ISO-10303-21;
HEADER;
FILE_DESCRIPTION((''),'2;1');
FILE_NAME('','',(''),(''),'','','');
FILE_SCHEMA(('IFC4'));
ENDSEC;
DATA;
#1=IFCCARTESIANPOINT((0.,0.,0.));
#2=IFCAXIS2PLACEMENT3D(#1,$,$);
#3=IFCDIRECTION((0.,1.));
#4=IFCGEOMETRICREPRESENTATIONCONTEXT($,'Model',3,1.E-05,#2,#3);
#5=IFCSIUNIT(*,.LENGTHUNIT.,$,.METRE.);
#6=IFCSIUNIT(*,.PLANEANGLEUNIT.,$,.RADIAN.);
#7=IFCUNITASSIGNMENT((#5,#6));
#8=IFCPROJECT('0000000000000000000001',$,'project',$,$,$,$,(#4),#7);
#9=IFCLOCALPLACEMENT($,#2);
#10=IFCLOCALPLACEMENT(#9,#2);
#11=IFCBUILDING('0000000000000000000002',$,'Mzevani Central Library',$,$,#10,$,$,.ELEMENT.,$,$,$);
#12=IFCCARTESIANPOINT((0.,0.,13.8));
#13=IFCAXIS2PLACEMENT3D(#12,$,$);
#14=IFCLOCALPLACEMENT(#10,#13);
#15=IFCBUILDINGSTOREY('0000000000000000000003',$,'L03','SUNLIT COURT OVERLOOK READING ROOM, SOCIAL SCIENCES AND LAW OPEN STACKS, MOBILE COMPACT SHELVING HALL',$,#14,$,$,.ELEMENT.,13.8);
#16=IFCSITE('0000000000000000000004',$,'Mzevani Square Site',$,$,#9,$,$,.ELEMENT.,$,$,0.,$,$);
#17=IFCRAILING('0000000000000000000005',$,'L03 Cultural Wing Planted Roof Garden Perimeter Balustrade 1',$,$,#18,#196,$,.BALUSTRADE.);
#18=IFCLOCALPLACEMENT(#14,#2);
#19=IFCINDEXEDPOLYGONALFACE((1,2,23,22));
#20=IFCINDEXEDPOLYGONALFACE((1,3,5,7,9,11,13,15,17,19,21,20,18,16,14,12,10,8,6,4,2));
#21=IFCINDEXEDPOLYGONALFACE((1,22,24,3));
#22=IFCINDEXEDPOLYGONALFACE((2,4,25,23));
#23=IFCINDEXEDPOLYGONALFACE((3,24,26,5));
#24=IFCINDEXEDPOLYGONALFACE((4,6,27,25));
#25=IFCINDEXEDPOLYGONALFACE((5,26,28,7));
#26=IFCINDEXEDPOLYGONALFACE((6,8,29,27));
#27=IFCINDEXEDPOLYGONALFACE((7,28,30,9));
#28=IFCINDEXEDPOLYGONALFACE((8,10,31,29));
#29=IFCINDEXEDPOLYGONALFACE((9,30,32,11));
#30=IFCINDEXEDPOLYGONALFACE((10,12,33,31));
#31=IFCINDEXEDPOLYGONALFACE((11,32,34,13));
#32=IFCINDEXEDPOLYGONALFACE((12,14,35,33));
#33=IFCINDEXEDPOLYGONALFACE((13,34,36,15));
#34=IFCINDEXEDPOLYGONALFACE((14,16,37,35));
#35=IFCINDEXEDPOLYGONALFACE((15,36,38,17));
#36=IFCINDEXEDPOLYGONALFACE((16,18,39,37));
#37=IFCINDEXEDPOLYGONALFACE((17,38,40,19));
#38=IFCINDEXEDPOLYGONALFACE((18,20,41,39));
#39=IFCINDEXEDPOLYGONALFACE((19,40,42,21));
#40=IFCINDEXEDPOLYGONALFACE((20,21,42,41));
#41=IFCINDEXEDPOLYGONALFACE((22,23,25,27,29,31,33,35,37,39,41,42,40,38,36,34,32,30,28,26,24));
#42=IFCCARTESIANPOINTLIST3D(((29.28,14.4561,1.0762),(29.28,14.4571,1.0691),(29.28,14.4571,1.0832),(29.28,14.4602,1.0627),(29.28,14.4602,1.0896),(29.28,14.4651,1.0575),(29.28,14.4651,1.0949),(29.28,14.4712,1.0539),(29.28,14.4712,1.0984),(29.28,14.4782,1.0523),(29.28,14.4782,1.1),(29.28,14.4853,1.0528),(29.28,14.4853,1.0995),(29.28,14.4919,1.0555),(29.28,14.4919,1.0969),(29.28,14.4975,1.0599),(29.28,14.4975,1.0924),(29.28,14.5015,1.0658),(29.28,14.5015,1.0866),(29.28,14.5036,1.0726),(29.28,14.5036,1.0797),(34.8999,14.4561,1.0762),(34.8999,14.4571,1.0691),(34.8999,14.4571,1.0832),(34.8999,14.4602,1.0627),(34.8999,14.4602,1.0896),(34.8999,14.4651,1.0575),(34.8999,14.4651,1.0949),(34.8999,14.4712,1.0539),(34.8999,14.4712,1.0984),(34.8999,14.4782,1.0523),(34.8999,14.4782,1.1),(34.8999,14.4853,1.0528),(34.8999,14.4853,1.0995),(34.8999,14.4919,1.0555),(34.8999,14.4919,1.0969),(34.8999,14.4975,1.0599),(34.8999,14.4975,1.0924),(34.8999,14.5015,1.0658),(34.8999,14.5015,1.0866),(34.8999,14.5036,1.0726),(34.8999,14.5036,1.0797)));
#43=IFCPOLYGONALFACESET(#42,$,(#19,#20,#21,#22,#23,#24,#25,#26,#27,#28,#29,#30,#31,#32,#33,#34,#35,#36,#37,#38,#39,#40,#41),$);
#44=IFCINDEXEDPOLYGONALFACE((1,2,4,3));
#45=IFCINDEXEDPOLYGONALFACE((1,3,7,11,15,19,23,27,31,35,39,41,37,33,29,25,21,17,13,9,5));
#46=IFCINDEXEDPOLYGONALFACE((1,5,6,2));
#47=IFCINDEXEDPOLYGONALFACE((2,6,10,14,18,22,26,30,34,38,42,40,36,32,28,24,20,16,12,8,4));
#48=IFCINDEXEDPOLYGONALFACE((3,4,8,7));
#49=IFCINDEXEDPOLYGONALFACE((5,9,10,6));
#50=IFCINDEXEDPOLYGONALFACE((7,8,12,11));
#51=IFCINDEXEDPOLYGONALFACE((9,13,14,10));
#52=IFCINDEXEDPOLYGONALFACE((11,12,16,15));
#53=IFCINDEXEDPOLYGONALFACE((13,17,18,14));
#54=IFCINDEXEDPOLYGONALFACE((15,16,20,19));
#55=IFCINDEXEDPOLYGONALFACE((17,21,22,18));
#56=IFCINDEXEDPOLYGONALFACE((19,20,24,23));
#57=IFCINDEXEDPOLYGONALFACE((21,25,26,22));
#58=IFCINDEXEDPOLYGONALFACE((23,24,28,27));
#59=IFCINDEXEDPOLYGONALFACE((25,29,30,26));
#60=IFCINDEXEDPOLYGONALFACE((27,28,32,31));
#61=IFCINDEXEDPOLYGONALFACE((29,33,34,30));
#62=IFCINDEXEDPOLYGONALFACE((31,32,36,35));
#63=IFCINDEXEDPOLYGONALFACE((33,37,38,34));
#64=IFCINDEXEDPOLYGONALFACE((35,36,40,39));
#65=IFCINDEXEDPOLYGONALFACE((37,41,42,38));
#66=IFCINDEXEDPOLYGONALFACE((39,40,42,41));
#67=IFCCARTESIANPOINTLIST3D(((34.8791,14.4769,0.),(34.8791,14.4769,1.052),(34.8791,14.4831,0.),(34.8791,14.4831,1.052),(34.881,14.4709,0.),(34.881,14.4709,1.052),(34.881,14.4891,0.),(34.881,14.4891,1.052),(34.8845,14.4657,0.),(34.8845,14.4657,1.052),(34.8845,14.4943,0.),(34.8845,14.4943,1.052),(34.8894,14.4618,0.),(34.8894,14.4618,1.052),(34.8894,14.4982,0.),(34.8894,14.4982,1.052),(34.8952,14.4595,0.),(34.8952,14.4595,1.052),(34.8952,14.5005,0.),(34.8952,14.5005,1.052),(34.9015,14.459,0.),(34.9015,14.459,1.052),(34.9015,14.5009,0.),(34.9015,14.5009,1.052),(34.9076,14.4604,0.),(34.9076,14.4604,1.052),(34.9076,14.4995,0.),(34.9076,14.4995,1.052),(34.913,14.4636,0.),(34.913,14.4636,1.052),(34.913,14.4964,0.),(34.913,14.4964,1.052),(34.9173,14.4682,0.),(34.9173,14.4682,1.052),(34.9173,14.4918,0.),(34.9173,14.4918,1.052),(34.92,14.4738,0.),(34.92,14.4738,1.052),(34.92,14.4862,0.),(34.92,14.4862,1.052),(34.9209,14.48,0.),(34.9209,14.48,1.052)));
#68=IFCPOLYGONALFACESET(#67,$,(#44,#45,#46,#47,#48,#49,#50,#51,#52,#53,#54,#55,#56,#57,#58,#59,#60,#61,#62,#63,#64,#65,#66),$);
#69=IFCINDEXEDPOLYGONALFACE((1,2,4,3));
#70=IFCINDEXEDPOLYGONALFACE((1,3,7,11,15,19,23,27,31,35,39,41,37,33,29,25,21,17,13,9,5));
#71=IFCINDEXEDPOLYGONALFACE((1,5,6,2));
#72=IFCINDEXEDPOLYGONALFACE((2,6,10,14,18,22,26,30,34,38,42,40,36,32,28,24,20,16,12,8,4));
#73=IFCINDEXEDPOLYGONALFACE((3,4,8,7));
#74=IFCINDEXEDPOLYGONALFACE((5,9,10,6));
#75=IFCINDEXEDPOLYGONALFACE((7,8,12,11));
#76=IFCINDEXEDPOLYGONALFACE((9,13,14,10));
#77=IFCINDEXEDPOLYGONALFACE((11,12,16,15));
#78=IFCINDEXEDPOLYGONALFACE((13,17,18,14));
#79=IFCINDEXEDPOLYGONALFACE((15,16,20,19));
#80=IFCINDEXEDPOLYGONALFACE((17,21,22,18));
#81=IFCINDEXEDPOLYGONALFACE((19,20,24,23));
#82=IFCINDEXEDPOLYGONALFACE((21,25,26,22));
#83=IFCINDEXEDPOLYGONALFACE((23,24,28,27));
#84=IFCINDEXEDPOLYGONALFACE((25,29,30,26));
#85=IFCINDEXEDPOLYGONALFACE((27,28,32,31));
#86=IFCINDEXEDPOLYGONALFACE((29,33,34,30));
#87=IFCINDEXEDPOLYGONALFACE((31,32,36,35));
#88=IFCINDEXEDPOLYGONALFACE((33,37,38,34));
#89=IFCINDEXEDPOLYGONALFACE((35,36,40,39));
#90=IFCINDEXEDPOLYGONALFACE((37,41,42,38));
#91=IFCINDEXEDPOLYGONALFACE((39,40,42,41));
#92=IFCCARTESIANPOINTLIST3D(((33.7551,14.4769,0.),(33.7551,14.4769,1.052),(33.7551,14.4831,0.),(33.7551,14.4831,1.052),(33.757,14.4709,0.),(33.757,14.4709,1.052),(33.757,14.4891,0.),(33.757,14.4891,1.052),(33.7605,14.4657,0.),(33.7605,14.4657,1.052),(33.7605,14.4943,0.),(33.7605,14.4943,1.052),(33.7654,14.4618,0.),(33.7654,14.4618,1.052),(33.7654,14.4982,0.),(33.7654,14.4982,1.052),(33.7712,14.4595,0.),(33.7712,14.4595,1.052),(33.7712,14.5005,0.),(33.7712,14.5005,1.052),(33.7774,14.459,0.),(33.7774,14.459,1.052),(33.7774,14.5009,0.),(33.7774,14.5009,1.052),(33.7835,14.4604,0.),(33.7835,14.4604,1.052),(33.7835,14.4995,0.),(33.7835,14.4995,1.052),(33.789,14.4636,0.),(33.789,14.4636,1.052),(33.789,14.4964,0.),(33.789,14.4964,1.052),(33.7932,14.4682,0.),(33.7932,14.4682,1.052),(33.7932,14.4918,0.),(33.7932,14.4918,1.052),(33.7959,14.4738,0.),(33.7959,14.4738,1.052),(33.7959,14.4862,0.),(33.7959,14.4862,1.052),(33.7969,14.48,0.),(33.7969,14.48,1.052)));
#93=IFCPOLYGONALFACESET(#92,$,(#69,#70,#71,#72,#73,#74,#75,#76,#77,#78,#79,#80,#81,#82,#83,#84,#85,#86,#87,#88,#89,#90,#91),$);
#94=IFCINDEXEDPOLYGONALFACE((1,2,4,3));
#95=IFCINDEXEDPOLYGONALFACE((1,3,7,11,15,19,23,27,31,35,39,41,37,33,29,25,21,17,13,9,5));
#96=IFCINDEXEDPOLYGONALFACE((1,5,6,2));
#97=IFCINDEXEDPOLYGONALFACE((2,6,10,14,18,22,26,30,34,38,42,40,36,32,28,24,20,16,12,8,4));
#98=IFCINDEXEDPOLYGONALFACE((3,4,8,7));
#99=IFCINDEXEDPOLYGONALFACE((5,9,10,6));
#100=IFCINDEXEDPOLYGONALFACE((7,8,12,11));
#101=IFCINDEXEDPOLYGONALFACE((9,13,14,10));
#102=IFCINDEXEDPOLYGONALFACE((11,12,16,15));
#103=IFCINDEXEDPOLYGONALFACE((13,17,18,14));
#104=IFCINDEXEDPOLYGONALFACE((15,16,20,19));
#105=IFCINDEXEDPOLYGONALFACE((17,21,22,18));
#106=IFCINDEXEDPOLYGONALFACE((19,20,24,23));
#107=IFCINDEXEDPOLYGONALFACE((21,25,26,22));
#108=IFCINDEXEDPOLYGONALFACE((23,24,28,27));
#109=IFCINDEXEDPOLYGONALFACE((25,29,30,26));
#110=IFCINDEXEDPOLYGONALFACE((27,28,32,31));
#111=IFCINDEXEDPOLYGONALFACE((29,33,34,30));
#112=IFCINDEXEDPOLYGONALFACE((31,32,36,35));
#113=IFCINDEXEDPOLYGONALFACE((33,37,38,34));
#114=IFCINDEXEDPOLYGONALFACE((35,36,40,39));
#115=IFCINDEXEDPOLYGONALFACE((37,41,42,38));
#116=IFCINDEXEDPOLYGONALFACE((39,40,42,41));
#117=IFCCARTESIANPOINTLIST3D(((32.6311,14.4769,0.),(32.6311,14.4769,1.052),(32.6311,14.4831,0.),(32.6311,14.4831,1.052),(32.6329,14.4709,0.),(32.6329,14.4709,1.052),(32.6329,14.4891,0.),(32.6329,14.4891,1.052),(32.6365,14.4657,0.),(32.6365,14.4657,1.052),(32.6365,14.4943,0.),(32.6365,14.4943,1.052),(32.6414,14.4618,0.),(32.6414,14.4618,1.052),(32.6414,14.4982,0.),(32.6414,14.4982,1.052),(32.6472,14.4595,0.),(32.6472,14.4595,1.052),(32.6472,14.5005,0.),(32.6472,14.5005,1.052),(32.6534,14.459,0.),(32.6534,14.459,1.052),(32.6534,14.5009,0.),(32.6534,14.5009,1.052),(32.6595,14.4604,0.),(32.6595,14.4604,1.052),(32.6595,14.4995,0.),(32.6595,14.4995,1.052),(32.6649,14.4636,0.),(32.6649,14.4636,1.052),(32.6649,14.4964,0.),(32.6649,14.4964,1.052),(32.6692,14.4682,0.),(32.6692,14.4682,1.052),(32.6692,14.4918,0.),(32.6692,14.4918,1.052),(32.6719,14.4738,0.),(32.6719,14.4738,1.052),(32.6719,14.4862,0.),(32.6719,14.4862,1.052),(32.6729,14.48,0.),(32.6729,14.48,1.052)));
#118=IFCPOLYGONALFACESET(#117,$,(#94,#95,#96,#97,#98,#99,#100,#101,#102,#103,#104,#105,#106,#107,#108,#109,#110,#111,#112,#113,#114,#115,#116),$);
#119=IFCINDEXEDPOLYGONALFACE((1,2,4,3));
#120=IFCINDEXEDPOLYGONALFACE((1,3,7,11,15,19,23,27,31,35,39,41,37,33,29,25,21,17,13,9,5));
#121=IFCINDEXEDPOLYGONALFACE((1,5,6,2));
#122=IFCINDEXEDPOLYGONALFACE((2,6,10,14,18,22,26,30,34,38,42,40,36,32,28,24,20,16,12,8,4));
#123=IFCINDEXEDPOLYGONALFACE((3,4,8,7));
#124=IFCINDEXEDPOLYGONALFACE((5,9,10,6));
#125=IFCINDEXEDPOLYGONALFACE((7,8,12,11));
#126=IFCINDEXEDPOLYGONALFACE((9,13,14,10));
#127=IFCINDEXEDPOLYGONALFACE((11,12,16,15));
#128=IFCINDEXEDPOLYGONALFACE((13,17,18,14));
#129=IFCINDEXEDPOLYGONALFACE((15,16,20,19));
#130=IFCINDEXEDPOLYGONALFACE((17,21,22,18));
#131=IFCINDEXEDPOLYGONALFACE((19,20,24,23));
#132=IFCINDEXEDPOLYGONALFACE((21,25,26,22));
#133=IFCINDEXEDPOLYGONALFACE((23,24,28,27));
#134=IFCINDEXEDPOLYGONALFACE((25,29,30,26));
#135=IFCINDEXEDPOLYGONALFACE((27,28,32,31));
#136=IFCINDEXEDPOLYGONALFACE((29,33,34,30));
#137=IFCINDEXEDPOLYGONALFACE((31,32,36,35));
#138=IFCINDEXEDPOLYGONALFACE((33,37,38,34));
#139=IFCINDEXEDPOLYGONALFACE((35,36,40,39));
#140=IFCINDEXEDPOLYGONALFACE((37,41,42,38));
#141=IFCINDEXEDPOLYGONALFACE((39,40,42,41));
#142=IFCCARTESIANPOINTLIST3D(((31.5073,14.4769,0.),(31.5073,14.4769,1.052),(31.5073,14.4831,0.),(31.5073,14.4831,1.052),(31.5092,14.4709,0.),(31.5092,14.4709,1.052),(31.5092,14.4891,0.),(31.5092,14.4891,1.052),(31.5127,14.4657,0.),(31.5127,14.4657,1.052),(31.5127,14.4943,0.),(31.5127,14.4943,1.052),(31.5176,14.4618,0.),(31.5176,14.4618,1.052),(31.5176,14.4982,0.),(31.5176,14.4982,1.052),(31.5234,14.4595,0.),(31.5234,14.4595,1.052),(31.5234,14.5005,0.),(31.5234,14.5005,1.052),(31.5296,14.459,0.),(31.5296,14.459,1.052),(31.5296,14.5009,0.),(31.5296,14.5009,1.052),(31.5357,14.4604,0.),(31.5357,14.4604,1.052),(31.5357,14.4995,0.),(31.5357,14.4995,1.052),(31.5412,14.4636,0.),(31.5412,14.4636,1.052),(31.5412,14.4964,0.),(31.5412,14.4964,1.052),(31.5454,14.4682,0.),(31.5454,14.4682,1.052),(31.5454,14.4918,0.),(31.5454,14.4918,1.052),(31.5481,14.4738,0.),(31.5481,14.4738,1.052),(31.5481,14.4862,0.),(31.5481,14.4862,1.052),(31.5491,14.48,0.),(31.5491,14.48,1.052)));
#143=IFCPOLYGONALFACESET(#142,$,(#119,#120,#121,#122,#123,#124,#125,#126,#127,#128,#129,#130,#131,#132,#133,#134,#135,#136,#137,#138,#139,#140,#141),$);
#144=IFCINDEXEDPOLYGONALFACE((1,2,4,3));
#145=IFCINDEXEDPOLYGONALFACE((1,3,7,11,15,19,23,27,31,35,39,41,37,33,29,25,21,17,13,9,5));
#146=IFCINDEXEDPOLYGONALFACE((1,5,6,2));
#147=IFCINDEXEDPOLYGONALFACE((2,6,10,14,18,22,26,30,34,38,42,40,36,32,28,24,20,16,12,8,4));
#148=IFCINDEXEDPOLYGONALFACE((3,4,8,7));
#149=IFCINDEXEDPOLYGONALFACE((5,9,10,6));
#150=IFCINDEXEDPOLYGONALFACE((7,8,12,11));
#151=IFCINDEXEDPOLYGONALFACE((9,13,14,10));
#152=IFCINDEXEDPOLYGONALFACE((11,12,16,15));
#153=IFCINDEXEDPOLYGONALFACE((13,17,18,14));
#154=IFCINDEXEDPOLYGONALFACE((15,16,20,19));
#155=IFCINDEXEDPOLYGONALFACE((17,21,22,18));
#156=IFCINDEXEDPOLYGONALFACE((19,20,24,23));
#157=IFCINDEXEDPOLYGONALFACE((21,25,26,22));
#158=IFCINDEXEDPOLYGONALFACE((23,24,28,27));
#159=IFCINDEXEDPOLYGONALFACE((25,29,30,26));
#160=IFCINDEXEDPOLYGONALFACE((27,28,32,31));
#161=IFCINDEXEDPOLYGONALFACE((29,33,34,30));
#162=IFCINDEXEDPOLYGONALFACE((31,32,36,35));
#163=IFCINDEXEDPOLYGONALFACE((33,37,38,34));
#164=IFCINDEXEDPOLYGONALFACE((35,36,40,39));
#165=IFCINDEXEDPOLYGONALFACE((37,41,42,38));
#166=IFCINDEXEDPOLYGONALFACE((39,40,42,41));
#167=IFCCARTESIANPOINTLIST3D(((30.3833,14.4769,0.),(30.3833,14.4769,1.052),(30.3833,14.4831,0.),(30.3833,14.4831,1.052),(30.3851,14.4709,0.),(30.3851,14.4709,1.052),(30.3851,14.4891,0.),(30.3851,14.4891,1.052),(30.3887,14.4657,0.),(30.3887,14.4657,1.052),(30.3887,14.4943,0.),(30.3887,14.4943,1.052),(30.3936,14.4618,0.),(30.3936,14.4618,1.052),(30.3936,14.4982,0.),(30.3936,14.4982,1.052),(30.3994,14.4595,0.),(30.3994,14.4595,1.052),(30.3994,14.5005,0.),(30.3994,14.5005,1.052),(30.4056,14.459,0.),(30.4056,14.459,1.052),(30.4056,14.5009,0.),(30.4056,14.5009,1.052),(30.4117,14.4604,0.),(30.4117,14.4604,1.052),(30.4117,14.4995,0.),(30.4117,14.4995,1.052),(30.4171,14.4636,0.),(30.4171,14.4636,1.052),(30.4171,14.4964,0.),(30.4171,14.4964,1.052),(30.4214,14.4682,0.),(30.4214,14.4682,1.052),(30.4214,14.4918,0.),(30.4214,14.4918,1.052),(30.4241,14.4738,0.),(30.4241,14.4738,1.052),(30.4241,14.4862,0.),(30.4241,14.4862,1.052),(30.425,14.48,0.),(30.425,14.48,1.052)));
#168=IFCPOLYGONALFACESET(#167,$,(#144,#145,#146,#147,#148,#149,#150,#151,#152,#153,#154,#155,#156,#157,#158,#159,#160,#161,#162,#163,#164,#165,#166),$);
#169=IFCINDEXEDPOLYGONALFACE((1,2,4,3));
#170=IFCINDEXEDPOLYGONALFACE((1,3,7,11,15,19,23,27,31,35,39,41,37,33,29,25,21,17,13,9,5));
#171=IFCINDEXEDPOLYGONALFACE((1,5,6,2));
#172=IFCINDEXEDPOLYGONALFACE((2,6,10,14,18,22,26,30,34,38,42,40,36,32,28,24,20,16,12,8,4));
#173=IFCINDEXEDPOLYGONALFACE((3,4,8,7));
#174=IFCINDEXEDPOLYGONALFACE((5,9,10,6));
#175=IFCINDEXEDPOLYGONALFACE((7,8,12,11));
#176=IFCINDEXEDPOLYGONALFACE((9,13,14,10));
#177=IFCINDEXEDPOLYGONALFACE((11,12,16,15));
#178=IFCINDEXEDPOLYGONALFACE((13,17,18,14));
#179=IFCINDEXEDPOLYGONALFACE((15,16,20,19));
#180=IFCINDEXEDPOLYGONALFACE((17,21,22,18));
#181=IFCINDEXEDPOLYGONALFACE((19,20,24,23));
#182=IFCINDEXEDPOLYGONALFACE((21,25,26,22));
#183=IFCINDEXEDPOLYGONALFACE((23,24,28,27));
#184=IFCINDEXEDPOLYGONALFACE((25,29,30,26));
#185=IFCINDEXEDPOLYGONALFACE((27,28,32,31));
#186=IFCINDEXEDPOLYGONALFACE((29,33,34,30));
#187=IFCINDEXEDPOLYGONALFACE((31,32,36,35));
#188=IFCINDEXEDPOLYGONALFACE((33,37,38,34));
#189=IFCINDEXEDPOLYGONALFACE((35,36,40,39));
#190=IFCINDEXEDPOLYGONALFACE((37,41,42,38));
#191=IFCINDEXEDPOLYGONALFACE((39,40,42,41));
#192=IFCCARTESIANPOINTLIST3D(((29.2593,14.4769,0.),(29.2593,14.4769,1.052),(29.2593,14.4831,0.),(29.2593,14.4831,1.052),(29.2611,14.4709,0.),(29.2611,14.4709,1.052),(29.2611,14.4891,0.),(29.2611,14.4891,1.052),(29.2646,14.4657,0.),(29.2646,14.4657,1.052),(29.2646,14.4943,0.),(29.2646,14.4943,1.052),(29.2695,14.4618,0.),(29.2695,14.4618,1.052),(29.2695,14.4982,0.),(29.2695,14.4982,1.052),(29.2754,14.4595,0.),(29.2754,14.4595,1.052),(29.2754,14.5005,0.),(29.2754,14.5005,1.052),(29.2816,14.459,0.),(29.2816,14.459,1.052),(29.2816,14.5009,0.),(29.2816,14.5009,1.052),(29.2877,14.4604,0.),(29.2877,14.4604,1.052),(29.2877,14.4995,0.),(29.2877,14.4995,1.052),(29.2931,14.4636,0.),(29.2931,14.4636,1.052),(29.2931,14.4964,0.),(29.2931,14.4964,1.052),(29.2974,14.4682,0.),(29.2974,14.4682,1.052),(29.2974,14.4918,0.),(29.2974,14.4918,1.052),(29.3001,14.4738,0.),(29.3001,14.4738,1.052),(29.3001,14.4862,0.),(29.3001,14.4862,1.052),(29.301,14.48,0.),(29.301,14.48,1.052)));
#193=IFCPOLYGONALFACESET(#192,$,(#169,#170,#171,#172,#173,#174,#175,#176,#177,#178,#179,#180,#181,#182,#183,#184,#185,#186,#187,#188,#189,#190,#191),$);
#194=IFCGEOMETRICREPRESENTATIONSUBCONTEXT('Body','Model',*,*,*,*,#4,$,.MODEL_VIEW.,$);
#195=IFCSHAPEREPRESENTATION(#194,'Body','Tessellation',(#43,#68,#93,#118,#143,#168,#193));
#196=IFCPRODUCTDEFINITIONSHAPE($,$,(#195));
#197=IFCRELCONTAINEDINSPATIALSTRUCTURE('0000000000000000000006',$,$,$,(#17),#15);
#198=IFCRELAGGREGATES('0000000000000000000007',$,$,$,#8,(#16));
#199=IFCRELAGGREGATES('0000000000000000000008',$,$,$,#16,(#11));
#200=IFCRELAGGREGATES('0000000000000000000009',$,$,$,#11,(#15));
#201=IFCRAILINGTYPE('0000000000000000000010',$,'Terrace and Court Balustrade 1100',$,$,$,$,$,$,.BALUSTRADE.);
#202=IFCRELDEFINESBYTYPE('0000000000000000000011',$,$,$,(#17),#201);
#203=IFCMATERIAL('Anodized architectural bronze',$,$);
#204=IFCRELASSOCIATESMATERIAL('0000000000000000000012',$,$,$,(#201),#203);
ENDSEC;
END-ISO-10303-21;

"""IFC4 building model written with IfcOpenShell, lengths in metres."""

from ifc_helpers import new_model, si_unit, direction, frame, origin, origin_2d, place, context, subcontext, project, spatial, circle, extrude, material, type_object, element, save


model = new_model("IFC4")

# Units and contexts
model_context = context("Model", 3, precision=1e-05, world=origin(), true_north=direction((0.0, 1.0)))
body_context = subcontext(model_context, "Body", "Model", "MODEL_VIEW")
ifc_project = project(units=[si_unit("LENGTHUNIT", "METRE"), si_unit("PLANEANGLEUNIT", "RADIAN")], contexts=[model_context])

# Site, building, storey
site_placement = place(None, origin())
site = spatial("IfcSite", under=ifc_project, at=site_placement, Name="Mzevani Square Site", CompositionType="ELEMENT", RefElevation=0.0)
building_placement = place(site_placement, origin())
building = spatial("IfcBuilding", under=site, at=building_placement, Name="Mzevani Central Library", CompositionType="ELEMENT")
storey_placement = place(building_placement, frame((0.0, 0.0, 13.8)))
storey = spatial("IfcBuildingStorey", under=building, at=storey_placement, Name="L03", Description="SUNLIT COURT OVERLOOK READING ROOM, SOCIAL SCIENCES AND LAW OPEN STACKS, MOBILE COMPACT SHELVING HALL", CompositionType="ELEMENT", Elevation=13.8)

# Shared definitions
ifc_material_1 = material(Name="Anodized architectural bronze")

# Railing
railing_type = type_object("IfcRailingType", Name="Terrace and Court Balustrade 1100", PredefinedType="BALUSTRADE", material=ifc_material_1)
railing_1_placement = place(storey_placement, frame((34.8999, 14.48, 0.0)))
element("IfcRailing", 1, at=railing_1_placement, inside=storey, type_object=railing_type, Name="L03 Cultural Wing Planted Roof Garden Perimeter Balustrade 1", PredefinedType="BALUSTRADE", context=body_context, shape_type="SweptSolid", body=[
    extrude(circle(Radius=0.0239, at=origin_2d()), frame((0.0, 0.0, 1.0762), z_axis=(-1.0, 0.0, 0.0), x_axis=(0.0, -1.0, 0.0)), (0.0, 0.0, 1.0), 5.6199),
    extrude(circle(Radius=0.021, at=origin_2d()), origin(), (0.0, 0.0, 1.0), 1.052),
    extrude(circle(Radius=0.021, at=origin_2d()), frame((-1.124, 0.0, 0.0)), (0.0, 0.0, 1.0), 1.052),
    extrude(circle(Radius=0.021, at=origin_2d()), frame((-2.248, 0.0, 0.0)), (0.0, 0.0, 1.0), 1.052),
    extrude(circle(Radius=0.021, at=origin_2d()), frame((-3.3718, 0.0, 0.0)), (0.0, 0.0, 1.0), 1.052),
    extrude(circle(Radius=0.021, at=origin_2d()), frame((-4.4958, 0.0, 0.0)), (0.0, 0.0, 1.0), 1.052),
    extrude(circle(Radius=0.021, at=origin_2d()), frame((-5.6199, 0.0, 0.0)), (0.0, 0.0, 1.0), 1.052),
])

save(model, "model.ifc")
